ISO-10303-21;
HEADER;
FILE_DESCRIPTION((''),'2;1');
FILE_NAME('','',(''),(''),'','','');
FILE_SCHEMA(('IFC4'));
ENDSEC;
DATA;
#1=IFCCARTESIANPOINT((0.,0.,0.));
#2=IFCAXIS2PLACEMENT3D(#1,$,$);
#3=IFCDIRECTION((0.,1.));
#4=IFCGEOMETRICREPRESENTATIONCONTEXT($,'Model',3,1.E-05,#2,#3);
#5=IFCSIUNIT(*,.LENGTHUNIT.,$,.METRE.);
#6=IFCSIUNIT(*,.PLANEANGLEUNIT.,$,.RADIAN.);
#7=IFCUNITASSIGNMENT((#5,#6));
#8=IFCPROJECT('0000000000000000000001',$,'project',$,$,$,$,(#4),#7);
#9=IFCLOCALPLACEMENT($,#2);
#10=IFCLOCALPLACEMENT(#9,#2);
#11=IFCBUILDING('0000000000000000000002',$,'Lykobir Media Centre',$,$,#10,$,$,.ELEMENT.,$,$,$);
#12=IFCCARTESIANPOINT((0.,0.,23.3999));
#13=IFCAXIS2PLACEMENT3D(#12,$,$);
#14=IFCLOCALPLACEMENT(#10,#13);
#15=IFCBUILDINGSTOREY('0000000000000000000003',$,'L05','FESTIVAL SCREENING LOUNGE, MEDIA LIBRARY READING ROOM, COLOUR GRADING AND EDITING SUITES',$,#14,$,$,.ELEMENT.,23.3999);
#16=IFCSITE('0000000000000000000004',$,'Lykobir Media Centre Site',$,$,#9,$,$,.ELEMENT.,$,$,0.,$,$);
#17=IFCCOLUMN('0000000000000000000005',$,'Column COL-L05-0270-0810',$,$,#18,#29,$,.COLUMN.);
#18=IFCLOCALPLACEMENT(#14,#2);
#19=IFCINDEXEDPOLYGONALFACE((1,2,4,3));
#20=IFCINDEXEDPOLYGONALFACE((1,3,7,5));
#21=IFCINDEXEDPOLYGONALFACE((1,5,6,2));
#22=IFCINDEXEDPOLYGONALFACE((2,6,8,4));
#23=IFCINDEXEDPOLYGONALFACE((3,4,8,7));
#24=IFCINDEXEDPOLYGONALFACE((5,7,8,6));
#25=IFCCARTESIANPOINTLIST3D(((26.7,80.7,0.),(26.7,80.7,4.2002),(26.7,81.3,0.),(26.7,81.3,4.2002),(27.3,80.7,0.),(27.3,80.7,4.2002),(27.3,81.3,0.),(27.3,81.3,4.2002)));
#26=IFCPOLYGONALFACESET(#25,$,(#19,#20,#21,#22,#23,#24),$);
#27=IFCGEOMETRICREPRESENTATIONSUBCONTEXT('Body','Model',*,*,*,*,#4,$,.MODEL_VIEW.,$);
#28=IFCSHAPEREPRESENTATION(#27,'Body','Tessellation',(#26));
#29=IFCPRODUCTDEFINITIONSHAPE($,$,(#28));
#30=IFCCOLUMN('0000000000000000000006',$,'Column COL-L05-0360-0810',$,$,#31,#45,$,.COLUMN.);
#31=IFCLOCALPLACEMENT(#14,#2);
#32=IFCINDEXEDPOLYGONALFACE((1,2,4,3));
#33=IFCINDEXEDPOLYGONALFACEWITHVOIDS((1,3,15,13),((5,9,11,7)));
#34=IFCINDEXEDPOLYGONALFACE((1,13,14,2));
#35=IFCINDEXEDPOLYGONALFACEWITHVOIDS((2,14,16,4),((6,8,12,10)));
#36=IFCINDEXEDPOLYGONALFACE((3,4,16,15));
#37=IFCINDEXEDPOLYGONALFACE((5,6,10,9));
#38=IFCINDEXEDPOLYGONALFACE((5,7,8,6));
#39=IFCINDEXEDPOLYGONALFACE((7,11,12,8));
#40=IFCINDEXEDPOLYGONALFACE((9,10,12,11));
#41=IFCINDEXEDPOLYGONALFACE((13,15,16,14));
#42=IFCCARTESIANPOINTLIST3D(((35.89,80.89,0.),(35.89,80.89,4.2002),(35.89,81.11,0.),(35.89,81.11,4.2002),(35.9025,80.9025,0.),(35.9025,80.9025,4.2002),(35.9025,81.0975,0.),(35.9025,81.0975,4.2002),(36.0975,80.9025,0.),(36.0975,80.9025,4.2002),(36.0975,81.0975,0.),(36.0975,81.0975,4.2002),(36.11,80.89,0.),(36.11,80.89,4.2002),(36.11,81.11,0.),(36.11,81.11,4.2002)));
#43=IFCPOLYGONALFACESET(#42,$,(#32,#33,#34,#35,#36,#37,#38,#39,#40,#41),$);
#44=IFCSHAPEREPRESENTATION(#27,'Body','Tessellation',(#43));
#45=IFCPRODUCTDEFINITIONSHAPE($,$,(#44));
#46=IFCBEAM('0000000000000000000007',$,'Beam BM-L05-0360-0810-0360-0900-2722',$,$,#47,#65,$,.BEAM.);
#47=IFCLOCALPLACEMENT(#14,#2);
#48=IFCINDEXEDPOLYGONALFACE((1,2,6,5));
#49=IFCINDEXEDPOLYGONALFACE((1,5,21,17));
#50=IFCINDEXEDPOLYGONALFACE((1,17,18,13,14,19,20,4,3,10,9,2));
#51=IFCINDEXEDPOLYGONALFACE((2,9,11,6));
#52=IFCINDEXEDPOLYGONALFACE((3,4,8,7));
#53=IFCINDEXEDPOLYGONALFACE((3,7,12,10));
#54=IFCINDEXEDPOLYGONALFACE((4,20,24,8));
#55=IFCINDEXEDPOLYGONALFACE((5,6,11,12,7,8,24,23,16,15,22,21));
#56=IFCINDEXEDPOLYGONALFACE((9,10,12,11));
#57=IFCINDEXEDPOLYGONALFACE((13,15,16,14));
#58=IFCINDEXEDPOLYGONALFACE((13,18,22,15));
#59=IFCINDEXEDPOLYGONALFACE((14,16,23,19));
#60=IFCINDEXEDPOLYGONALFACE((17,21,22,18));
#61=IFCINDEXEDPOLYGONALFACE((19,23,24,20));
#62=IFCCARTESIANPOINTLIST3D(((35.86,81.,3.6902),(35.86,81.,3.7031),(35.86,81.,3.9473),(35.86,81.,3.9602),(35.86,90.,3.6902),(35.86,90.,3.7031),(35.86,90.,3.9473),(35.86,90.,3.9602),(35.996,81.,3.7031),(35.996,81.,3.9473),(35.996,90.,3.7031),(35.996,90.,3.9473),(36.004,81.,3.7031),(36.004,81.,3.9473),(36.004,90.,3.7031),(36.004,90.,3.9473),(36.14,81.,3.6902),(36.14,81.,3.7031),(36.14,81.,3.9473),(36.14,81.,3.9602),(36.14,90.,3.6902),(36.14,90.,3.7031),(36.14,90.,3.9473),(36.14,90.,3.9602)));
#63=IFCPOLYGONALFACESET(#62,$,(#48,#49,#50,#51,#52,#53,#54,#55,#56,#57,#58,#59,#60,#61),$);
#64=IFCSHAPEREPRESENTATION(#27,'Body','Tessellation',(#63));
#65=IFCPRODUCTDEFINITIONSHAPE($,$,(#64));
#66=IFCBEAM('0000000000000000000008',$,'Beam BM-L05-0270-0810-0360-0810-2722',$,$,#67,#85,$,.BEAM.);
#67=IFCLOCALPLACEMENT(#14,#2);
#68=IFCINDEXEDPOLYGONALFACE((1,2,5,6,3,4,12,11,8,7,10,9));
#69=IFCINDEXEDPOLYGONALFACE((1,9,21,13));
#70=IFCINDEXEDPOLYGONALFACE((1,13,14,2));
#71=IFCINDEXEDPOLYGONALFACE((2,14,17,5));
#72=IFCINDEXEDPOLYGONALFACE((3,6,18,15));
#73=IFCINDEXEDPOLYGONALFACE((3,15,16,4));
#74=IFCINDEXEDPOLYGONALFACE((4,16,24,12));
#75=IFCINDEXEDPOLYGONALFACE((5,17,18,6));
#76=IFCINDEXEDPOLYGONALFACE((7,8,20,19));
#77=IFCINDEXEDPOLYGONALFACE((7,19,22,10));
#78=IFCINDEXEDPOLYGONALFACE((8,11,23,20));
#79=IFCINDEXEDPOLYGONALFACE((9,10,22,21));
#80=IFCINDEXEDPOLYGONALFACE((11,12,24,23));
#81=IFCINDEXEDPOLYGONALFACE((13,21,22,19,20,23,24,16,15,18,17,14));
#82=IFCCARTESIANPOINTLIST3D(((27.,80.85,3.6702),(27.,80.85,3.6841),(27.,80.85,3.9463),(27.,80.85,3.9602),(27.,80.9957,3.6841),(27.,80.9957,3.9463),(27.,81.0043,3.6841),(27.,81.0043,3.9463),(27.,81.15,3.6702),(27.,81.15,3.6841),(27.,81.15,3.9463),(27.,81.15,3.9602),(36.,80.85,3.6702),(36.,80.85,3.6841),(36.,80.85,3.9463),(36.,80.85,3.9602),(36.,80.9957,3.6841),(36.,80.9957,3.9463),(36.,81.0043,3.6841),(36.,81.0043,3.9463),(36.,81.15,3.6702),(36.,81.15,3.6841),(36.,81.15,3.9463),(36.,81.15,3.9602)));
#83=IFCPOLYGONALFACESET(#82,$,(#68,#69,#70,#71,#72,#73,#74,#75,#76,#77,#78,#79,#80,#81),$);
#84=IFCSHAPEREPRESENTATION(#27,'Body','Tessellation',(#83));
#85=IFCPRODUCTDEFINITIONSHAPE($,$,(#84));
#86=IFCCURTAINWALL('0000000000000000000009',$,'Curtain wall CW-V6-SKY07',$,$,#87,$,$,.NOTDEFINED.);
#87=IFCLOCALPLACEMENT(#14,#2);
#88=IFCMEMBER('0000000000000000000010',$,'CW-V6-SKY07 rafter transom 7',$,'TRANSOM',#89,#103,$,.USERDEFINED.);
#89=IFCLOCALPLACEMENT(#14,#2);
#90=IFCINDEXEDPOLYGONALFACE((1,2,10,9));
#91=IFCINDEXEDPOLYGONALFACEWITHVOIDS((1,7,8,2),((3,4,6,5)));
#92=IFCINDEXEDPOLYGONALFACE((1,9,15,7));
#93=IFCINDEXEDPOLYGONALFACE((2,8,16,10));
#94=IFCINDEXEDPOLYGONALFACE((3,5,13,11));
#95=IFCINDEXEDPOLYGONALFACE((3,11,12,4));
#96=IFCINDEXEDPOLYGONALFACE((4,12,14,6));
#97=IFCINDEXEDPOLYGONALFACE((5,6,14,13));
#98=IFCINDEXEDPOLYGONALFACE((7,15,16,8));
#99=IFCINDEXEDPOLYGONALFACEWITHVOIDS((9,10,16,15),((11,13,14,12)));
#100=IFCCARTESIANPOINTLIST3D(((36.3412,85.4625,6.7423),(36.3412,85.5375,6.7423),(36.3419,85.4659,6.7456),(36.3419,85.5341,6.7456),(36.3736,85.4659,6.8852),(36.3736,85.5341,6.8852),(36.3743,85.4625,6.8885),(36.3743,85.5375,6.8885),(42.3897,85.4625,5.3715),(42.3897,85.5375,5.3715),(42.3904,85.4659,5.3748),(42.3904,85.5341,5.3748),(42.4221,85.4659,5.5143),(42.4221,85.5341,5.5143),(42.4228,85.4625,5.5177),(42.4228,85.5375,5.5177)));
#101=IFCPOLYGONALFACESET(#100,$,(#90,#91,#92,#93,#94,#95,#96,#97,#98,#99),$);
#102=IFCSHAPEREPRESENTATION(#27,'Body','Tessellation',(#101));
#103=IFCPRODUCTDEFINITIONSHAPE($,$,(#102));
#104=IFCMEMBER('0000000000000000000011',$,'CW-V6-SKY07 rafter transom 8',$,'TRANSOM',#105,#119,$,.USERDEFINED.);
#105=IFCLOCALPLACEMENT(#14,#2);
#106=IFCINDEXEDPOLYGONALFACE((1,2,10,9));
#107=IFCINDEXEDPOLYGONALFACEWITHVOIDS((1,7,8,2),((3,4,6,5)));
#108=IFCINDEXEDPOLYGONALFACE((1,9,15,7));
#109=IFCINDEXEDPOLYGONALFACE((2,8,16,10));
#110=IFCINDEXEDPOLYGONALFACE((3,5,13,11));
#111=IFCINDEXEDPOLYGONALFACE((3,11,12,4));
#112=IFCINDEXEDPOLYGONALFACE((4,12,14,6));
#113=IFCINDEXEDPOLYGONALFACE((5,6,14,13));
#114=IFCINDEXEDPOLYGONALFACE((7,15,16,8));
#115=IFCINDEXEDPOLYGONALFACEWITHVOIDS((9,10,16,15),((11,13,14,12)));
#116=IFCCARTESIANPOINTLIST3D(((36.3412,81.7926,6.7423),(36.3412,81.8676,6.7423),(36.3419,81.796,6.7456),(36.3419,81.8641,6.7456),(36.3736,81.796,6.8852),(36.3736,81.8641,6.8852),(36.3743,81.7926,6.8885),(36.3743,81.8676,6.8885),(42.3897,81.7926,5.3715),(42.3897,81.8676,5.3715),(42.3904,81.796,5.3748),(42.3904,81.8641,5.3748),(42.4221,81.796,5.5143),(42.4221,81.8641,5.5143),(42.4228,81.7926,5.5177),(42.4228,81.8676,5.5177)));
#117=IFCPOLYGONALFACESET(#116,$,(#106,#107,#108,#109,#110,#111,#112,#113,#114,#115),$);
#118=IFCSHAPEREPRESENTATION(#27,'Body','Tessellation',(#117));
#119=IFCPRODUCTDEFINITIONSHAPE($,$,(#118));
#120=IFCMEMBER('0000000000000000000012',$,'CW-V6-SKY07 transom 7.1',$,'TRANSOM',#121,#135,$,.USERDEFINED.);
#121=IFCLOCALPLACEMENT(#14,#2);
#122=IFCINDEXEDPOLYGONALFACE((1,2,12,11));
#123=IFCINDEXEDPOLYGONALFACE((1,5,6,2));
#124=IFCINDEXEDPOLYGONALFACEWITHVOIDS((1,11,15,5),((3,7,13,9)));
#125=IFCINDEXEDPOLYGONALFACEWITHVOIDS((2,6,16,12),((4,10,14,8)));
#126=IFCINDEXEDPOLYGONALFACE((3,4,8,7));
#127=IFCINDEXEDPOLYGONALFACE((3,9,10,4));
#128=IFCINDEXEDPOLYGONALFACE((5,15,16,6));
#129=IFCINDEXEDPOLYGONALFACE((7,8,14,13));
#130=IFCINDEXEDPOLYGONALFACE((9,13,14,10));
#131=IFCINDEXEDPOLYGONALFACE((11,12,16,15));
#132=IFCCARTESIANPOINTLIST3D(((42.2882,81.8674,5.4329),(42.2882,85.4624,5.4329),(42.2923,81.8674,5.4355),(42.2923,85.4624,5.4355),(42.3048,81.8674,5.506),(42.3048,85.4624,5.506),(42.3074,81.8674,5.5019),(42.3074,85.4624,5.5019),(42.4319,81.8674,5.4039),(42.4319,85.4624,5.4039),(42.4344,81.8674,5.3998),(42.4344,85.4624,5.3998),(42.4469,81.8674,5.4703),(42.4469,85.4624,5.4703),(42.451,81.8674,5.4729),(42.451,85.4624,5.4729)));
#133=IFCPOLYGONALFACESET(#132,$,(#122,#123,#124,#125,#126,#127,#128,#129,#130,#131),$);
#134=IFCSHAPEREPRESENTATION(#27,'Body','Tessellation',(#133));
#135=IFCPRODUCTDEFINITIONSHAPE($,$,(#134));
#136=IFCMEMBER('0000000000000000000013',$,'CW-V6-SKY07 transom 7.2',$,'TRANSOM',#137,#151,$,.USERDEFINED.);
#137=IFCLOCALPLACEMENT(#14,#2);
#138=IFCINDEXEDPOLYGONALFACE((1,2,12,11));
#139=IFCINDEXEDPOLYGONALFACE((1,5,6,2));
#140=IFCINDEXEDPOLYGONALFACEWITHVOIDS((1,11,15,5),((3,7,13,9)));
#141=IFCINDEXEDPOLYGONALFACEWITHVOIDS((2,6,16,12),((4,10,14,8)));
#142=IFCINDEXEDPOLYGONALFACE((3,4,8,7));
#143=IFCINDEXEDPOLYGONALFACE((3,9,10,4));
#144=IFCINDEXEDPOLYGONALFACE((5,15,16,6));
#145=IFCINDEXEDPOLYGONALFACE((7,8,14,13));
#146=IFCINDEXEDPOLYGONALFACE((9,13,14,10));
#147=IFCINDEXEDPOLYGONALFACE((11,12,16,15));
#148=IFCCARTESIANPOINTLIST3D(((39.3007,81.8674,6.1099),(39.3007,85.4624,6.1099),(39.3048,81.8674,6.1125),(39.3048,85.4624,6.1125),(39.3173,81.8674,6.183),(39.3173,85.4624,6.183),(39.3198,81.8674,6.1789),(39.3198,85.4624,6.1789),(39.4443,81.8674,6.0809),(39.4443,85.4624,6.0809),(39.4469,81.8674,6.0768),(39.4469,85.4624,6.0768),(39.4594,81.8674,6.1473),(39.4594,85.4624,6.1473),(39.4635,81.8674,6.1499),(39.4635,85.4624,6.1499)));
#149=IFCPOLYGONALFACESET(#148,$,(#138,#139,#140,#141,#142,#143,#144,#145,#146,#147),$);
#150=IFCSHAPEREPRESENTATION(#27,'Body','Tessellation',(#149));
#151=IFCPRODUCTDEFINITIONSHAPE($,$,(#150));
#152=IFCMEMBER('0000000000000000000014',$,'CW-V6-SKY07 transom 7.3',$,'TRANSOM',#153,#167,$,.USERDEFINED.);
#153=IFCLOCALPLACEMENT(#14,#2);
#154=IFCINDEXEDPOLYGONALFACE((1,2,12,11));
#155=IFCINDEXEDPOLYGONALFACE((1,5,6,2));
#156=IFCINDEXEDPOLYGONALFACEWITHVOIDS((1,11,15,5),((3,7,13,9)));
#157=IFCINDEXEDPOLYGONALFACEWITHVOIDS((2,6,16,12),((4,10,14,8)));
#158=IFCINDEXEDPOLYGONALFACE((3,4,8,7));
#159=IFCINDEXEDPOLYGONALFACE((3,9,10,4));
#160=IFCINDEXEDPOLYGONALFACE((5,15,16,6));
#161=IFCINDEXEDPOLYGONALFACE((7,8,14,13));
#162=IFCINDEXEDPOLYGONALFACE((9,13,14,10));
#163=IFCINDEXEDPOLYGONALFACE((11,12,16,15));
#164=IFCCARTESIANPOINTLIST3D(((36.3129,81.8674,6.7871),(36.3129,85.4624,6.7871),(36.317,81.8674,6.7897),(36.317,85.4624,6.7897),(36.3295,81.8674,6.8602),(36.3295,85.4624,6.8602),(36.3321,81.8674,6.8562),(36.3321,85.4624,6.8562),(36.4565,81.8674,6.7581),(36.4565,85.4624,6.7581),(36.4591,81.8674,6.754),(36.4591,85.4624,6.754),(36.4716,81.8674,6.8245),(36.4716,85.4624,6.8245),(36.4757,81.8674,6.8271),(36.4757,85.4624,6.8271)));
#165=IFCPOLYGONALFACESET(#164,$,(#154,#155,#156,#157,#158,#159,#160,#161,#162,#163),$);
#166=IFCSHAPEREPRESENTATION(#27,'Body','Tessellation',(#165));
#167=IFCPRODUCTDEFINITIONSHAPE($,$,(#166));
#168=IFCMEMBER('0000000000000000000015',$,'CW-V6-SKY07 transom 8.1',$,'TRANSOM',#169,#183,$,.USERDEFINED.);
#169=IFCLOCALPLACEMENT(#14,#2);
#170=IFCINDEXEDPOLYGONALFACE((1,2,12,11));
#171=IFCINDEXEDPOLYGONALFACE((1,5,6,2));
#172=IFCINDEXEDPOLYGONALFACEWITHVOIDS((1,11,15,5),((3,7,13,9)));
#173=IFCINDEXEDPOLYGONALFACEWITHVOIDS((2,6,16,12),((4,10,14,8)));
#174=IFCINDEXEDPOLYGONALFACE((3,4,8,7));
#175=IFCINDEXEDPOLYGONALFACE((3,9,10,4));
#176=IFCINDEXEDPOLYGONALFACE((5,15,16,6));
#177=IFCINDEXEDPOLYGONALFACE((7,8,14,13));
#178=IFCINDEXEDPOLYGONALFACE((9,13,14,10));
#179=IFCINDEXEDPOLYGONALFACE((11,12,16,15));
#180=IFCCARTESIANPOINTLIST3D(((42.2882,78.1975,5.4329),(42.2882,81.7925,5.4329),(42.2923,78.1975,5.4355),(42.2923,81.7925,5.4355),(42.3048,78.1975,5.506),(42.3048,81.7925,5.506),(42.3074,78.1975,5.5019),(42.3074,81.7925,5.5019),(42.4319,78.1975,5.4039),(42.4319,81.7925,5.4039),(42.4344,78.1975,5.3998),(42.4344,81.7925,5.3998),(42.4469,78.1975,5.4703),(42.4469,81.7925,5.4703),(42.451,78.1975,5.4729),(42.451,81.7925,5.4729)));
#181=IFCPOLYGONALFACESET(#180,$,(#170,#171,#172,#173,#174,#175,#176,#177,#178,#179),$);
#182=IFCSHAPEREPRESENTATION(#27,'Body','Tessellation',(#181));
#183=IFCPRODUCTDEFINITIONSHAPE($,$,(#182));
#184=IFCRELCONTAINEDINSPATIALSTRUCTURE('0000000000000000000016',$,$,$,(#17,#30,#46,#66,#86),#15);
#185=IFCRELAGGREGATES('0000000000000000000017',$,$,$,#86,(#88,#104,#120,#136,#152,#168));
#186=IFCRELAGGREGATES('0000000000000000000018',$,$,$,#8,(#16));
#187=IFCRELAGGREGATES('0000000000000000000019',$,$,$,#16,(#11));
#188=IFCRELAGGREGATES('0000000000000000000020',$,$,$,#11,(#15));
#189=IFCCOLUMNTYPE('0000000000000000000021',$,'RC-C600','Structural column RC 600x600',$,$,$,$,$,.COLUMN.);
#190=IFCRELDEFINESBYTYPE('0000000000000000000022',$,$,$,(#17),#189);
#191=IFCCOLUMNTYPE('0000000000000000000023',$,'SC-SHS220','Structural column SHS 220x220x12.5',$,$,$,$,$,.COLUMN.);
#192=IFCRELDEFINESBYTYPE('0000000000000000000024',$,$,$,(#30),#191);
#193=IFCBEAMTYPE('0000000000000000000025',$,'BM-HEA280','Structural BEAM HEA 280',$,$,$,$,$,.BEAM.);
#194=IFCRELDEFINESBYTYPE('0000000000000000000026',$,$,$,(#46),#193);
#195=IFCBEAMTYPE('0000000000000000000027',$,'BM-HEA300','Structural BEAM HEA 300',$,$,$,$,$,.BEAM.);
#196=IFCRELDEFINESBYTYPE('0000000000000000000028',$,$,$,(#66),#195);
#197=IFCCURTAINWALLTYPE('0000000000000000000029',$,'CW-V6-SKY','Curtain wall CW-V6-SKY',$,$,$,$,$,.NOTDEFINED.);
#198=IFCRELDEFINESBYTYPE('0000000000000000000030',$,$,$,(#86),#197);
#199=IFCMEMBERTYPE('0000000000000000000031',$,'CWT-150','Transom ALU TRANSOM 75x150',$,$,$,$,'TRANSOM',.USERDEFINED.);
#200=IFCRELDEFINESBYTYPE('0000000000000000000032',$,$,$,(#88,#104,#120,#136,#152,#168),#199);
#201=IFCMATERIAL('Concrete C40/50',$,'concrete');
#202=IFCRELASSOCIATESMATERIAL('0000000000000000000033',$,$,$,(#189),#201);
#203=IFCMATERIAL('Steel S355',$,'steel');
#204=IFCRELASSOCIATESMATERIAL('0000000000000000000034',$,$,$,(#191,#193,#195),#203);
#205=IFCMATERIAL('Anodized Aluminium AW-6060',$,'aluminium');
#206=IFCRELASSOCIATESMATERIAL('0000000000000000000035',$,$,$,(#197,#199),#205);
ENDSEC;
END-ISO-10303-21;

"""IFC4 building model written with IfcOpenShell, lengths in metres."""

from ifc_helpers import new_model, si_unit, direction, frame, origin, origin_2d, place, context, subcontext, project, spatial, rectangle, hollow_rectangle, i_section, extrude, material, material_profile, profile_set, type_object, element, aggregate, save


model = new_model("IFC4")

# Units and contexts
model_context = context("Model", 3, precision=1e-05, world=origin(), true_north=direction((0.0, 1.0)))
body_context = subcontext(model_context, "Body", "Model", "MODEL_VIEW")
ifc_project = project(units=[si_unit("LENGTHUNIT", "METRE"), si_unit("PLANEANGLEUNIT", "RADIAN")], contexts=[model_context])

# Site, building, storey
site_placement = place(None, origin())
site = spatial("IfcSite", under=ifc_project, at=site_placement, Name="Lykobir Media Centre Site", CompositionType="ELEMENT", RefElevation=0.0)
building_placement = place(site_placement, origin())
building = spatial("IfcBuilding", under=site, at=building_placement, Name="Lykobir Media Centre", CompositionType="ELEMENT")
storey_placement = place(building_placement, frame((0.0, 0.0, 23.3999)))
storey = spatial("IfcBuildingStorey", under=building, at=storey_placement, Name="L05", Description="FESTIVAL SCREENING LOUNGE, MEDIA LIBRARY READING ROOM, COLOUR GRADING AND EDITING SUITES", CompositionType="ELEMENT", Elevation=23.3999)

# Columns
ifc_material_1 = material(Name="Concrete C40/50", Category="concrete")
ifc_material_profile_1 = material_profile(ifc_material_1, rectangle(XDim=0.6001, YDim=0.6001, at=origin_2d()), Name="RC 600x600")
ifc_profile_set_1 = profile_set([ifc_material_profile_1], Name="Concrete C40/50")
column_type_1 = type_object("IfcColumnType", Name="RC-C600", Description="Structural column RC 600x600", PredefinedType="COLUMN", material=ifc_profile_set_1)
column_1_placement = place(storey_placement, frame((27.0, 81.0, 0.0), z_axis=(0.0, 0.0, 1.0), x_axis=(1.0, 0.0, 0.0)))
element("IfcColumn", 1, at=column_1_placement, inside=storey, type_object=column_type_1, Name="Column COL-L05-0270-0810", PredefinedType="COLUMN", context=body_context, shape_type="SweptSolid", body=[
    extrude(rectangle(XDim=0.6001, YDim=0.6001, at=origin_2d()), origin(), (0.0, 0.0, 1.0), 4.2002),
])
ifc_material_2 = material(Name="Steel S355", Category="steel")
ifc_material_profile_2 = material_profile(ifc_material_2, hollow_rectangle(XDim=0.22, YDim=0.22, WallThickness=0.0125, at=origin_2d()), Name="SHS 220x220x12.5")
ifc_profile_set_2 = profile_set([ifc_material_profile_2], Name="Steel S355")
column_type_2 = type_object("IfcColumnType", Name="SC-SHS220", Description="Structural column SHS 220x220x12.5", PredefinedType="COLUMN", material=ifc_profile_set_2)
column_2_placement = place(storey_placement, frame((36.0, 81.0, 0.0), z_axis=(0.0, 0.0, 1.0), x_axis=(1.0, 0.0, 0.0)))
element("IfcColumn", 2, at=column_2_placement, inside=storey, type_object=column_type_2, Name="Column COL-L05-0360-0810", PredefinedType="COLUMN", context=body_context, shape_type="SweptSolid", body=[
    extrude(hollow_rectangle(XDim=0.22, YDim=0.22, WallThickness=0.0125, at=origin_2d()), origin(), (0.0, 0.0, 1.0), 4.2002),
])

# Beams
ifc_material_profile_3 = material_profile(ifc_material_2, i_section(OverallWidth=0.28, OverallDepth=0.27, WebThickness=0.0081, FlangeThickness=0.0129, at=origin_2d()), Name="HEA 280")
ifc_profile_set_3 = profile_set([ifc_material_profile_3], Name="Steel S355")
beam_type_1 = type_object("IfcBeamType", Name="BM-HEA280", Description="Structural BEAM HEA 280", PredefinedType="BEAM", material=ifc_profile_set_3)
beam_1_placement = place(storey_placement, frame((36.0, 81.0, 3.8252), z_axis=(0.0, 1.0, 0.0), x_axis=(-1.0, 0.0, 0.0)))
element("IfcBeam", 3, at=beam_1_placement, inside=storey, type_object=beam_type_1, Name="Beam BM-L05-0360-0810-0360-0900-2722", PredefinedType="BEAM", context=body_context, shape_type="SweptSolid", body=[
    extrude(i_section(OverallWidth=0.28, OverallDepth=0.27, WebThickness=0.0081, FlangeThickness=0.0129, at=origin_2d()), origin(), (0.0, 0.0, 1.0), 9.0),
])
ifc_material_profile_4 = material_profile(ifc_material_2, i_section(OverallWidth=0.3, OverallDepth=0.29, WebThickness=0.0085, FlangeThickness=0.0139, at=origin_2d()), Name="HEA 300")
ifc_profile_set_4 = profile_set([ifc_material_profile_4], Name="Steel S355")
beam_type_2 = type_object("IfcBeamType", Name="BM-HEA300", Description="Structural BEAM HEA 300", PredefinedType="BEAM", material=ifc_profile_set_4)
beam_2_placement = place(storey_placement, frame((27.0, 81.0, 3.8152), z_axis=(1.0, 0.0, 0.0), x_axis=(0.0, 1.0, 0.0)))
element("IfcBeam", 4, at=beam_2_placement, inside=storey, type_object=beam_type_2, Name="Beam BM-L05-0270-0810-0360-0810-2722", PredefinedType="BEAM", context=body_context, shape_type="SweptSolid", body=[
    extrude(i_section(OverallWidth=0.3, OverallDepth=0.29, WebThickness=0.0085, FlangeThickness=0.0139, at=origin_2d()), origin(), (0.0, 0.0, 1.0), 9.0),
])

# Curtain wall, members
ifc_material_3 = material(Name="Anodized Aluminium AW-6060", Category="aluminium")
curtain_wall_type = type_object("IfcCurtainWallType", Name="CW-V6-SKY", Description="Curtain wall CW-V6-SKY", PredefinedType="NOTDEFINED", material=ifc_material_3)
curtain_wall_placement = place(storey_placement, origin())
curtain_wall = element("IfcCurtainWall", 5, at=curtain_wall_placement, inside=storey, type_object=curtain_wall_type, Name="Curtain wall CW-V6-SKY07", PredefinedType="NOTDEFINED")
ifc_material_profile_5 = material_profile(ifc_material_3, hollow_rectangle(XDim=0.075, YDim=0.1499, WallThickness=0.0034, at=origin_2d()), Name="ALU TRANSOM 75x150")
ifc_profile_set_5 = profile_set([ifc_material_profile_5], Name="Anodized Aluminium AW-6060")
member_type = type_object("IfcMemberType", Name="CWT-150", Description="Transom ALU TRANSOM 75x150", ElementType="TRANSOM", PredefinedType="USERDEFINED", material=ifc_profile_set_5)
member_1_placement = place(storey_placement, frame((42.4062, 85.5, 5.4446), z_axis=(-0.975266, 0.0, 0.221034), x_axis=(0.0, -1.0, 0.0)))
member_1 = element("IfcMember", 6, at=member_1_placement, type_object=member_type, Name="CW-V6-SKY07 rafter transom 7", ObjectType="TRANSOM", PredefinedType="USERDEFINED", context=body_context, shape_type="SweptSolid", body=[
    extrude(hollow_rectangle(XDim=0.075, YDim=0.1499, WallThickness=0.0034, at=origin_2d()), origin(), (0.0, 0.0, 1.0), 6.2019),
])
member_2_placement = place(storey_placement, frame((42.4062, 81.8301, 5.4446), z_axis=(-0.975266, 0.0, 0.221034), x_axis=(0.0, -1.0, 0.0)))
member_2 = element("IfcMember", 7, at=member_2_placement, type_object=member_type, Name="CW-V6-SKY07 rafter transom 8", ObjectType="TRANSOM", PredefinedType="USERDEFINED", context=body_context, shape_type="SweptSolid", body=[
    extrude(hollow_rectangle(XDim=0.075, YDim=0.1499, WallThickness=0.0034, at=origin_2d()), origin(), (0.0, 0.0, 1.0), 6.2019),
])
member_3_placement = place(storey_placement, frame((42.3696, 85.4624, 5.4529), z_axis=(0.0, -1.0, 0.0), x_axis=(0.221055, 0.0, 0.975261)))
member_3 = element("IfcMember", 8, at=member_3_placement, type_object=member_type, Name="CW-V6-SKY07 transom 7.1", ObjectType="TRANSOM", PredefinedType="USERDEFINED", context=body_context, shape_type="SweptSolid", body=[
    extrude(hollow_rectangle(XDim=0.075, YDim=0.1499, WallThickness=0.0034, at=origin_2d()), origin(), (0.0, 0.0, 1.0), 3.595),
])
member_4_placement = place(storey_placement, frame((39.3821, 85.4624, 6.1299), z_axis=(0.0, -1.0, 0.0), x_axis=(0.221055, 0.0, 0.975261)))
member_4 = element("IfcMember", 9, at=member_4_placement, type_object=member_type, Name="CW-V6-SKY07 transom 7.2", ObjectType="TRANSOM", PredefinedType="USERDEFINED", context=body_context, shape_type="SweptSolid", body=[
    extrude(hollow_rectangle(XDim=0.075, YDim=0.1499, WallThickness=0.0034, at=origin_2d()), origin(), (0.0, 0.0, 1.0), 3.595),
])
member_5_placement = place(storey_placement, frame((36.3943, 85.4624, 6.8071), z_axis=(0.0, -1.0, 0.0), x_axis=(0.221055, 0.0, 0.975261)))
member_5 = element("IfcMember", 10, at=member_5_placement, type_object=member_type, Name="CW-V6-SKY07 transom 7.3", ObjectType="TRANSOM", PredefinedType="USERDEFINED", context=body_context, shape_type="SweptSolid", body=[
    extrude(hollow_rectangle(XDim=0.075, YDim=0.1499, WallThickness=0.0034, at=origin_2d()), origin(), (0.0, 0.0, 1.0), 3.595),
])
member_6_placement = place(storey_placement, frame((42.3696, 81.7925, 5.4529), z_axis=(0.0, -1.0, 0.0), x_axis=(0.221055, 0.0, 0.975261)))
member_6 = element("IfcMember", 11, at=member_6_placement, type_object=member_type, Name="CW-V6-SKY07 transom 8.1", ObjectType="TRANSOM", PredefinedType="USERDEFINED", context=body_context, shape_type="SweptSolid", body=[
    extrude(hollow_rectangle(XDim=0.075, YDim=0.1499, WallThickness=0.0034, at=origin_2d()), origin(), (0.0, 0.0, 1.0), 3.595),
])

aggregate(curtain_wall, [member_1, member_2, member_3, member_4, member_5, member_6])

save(model, "model.ifc")
